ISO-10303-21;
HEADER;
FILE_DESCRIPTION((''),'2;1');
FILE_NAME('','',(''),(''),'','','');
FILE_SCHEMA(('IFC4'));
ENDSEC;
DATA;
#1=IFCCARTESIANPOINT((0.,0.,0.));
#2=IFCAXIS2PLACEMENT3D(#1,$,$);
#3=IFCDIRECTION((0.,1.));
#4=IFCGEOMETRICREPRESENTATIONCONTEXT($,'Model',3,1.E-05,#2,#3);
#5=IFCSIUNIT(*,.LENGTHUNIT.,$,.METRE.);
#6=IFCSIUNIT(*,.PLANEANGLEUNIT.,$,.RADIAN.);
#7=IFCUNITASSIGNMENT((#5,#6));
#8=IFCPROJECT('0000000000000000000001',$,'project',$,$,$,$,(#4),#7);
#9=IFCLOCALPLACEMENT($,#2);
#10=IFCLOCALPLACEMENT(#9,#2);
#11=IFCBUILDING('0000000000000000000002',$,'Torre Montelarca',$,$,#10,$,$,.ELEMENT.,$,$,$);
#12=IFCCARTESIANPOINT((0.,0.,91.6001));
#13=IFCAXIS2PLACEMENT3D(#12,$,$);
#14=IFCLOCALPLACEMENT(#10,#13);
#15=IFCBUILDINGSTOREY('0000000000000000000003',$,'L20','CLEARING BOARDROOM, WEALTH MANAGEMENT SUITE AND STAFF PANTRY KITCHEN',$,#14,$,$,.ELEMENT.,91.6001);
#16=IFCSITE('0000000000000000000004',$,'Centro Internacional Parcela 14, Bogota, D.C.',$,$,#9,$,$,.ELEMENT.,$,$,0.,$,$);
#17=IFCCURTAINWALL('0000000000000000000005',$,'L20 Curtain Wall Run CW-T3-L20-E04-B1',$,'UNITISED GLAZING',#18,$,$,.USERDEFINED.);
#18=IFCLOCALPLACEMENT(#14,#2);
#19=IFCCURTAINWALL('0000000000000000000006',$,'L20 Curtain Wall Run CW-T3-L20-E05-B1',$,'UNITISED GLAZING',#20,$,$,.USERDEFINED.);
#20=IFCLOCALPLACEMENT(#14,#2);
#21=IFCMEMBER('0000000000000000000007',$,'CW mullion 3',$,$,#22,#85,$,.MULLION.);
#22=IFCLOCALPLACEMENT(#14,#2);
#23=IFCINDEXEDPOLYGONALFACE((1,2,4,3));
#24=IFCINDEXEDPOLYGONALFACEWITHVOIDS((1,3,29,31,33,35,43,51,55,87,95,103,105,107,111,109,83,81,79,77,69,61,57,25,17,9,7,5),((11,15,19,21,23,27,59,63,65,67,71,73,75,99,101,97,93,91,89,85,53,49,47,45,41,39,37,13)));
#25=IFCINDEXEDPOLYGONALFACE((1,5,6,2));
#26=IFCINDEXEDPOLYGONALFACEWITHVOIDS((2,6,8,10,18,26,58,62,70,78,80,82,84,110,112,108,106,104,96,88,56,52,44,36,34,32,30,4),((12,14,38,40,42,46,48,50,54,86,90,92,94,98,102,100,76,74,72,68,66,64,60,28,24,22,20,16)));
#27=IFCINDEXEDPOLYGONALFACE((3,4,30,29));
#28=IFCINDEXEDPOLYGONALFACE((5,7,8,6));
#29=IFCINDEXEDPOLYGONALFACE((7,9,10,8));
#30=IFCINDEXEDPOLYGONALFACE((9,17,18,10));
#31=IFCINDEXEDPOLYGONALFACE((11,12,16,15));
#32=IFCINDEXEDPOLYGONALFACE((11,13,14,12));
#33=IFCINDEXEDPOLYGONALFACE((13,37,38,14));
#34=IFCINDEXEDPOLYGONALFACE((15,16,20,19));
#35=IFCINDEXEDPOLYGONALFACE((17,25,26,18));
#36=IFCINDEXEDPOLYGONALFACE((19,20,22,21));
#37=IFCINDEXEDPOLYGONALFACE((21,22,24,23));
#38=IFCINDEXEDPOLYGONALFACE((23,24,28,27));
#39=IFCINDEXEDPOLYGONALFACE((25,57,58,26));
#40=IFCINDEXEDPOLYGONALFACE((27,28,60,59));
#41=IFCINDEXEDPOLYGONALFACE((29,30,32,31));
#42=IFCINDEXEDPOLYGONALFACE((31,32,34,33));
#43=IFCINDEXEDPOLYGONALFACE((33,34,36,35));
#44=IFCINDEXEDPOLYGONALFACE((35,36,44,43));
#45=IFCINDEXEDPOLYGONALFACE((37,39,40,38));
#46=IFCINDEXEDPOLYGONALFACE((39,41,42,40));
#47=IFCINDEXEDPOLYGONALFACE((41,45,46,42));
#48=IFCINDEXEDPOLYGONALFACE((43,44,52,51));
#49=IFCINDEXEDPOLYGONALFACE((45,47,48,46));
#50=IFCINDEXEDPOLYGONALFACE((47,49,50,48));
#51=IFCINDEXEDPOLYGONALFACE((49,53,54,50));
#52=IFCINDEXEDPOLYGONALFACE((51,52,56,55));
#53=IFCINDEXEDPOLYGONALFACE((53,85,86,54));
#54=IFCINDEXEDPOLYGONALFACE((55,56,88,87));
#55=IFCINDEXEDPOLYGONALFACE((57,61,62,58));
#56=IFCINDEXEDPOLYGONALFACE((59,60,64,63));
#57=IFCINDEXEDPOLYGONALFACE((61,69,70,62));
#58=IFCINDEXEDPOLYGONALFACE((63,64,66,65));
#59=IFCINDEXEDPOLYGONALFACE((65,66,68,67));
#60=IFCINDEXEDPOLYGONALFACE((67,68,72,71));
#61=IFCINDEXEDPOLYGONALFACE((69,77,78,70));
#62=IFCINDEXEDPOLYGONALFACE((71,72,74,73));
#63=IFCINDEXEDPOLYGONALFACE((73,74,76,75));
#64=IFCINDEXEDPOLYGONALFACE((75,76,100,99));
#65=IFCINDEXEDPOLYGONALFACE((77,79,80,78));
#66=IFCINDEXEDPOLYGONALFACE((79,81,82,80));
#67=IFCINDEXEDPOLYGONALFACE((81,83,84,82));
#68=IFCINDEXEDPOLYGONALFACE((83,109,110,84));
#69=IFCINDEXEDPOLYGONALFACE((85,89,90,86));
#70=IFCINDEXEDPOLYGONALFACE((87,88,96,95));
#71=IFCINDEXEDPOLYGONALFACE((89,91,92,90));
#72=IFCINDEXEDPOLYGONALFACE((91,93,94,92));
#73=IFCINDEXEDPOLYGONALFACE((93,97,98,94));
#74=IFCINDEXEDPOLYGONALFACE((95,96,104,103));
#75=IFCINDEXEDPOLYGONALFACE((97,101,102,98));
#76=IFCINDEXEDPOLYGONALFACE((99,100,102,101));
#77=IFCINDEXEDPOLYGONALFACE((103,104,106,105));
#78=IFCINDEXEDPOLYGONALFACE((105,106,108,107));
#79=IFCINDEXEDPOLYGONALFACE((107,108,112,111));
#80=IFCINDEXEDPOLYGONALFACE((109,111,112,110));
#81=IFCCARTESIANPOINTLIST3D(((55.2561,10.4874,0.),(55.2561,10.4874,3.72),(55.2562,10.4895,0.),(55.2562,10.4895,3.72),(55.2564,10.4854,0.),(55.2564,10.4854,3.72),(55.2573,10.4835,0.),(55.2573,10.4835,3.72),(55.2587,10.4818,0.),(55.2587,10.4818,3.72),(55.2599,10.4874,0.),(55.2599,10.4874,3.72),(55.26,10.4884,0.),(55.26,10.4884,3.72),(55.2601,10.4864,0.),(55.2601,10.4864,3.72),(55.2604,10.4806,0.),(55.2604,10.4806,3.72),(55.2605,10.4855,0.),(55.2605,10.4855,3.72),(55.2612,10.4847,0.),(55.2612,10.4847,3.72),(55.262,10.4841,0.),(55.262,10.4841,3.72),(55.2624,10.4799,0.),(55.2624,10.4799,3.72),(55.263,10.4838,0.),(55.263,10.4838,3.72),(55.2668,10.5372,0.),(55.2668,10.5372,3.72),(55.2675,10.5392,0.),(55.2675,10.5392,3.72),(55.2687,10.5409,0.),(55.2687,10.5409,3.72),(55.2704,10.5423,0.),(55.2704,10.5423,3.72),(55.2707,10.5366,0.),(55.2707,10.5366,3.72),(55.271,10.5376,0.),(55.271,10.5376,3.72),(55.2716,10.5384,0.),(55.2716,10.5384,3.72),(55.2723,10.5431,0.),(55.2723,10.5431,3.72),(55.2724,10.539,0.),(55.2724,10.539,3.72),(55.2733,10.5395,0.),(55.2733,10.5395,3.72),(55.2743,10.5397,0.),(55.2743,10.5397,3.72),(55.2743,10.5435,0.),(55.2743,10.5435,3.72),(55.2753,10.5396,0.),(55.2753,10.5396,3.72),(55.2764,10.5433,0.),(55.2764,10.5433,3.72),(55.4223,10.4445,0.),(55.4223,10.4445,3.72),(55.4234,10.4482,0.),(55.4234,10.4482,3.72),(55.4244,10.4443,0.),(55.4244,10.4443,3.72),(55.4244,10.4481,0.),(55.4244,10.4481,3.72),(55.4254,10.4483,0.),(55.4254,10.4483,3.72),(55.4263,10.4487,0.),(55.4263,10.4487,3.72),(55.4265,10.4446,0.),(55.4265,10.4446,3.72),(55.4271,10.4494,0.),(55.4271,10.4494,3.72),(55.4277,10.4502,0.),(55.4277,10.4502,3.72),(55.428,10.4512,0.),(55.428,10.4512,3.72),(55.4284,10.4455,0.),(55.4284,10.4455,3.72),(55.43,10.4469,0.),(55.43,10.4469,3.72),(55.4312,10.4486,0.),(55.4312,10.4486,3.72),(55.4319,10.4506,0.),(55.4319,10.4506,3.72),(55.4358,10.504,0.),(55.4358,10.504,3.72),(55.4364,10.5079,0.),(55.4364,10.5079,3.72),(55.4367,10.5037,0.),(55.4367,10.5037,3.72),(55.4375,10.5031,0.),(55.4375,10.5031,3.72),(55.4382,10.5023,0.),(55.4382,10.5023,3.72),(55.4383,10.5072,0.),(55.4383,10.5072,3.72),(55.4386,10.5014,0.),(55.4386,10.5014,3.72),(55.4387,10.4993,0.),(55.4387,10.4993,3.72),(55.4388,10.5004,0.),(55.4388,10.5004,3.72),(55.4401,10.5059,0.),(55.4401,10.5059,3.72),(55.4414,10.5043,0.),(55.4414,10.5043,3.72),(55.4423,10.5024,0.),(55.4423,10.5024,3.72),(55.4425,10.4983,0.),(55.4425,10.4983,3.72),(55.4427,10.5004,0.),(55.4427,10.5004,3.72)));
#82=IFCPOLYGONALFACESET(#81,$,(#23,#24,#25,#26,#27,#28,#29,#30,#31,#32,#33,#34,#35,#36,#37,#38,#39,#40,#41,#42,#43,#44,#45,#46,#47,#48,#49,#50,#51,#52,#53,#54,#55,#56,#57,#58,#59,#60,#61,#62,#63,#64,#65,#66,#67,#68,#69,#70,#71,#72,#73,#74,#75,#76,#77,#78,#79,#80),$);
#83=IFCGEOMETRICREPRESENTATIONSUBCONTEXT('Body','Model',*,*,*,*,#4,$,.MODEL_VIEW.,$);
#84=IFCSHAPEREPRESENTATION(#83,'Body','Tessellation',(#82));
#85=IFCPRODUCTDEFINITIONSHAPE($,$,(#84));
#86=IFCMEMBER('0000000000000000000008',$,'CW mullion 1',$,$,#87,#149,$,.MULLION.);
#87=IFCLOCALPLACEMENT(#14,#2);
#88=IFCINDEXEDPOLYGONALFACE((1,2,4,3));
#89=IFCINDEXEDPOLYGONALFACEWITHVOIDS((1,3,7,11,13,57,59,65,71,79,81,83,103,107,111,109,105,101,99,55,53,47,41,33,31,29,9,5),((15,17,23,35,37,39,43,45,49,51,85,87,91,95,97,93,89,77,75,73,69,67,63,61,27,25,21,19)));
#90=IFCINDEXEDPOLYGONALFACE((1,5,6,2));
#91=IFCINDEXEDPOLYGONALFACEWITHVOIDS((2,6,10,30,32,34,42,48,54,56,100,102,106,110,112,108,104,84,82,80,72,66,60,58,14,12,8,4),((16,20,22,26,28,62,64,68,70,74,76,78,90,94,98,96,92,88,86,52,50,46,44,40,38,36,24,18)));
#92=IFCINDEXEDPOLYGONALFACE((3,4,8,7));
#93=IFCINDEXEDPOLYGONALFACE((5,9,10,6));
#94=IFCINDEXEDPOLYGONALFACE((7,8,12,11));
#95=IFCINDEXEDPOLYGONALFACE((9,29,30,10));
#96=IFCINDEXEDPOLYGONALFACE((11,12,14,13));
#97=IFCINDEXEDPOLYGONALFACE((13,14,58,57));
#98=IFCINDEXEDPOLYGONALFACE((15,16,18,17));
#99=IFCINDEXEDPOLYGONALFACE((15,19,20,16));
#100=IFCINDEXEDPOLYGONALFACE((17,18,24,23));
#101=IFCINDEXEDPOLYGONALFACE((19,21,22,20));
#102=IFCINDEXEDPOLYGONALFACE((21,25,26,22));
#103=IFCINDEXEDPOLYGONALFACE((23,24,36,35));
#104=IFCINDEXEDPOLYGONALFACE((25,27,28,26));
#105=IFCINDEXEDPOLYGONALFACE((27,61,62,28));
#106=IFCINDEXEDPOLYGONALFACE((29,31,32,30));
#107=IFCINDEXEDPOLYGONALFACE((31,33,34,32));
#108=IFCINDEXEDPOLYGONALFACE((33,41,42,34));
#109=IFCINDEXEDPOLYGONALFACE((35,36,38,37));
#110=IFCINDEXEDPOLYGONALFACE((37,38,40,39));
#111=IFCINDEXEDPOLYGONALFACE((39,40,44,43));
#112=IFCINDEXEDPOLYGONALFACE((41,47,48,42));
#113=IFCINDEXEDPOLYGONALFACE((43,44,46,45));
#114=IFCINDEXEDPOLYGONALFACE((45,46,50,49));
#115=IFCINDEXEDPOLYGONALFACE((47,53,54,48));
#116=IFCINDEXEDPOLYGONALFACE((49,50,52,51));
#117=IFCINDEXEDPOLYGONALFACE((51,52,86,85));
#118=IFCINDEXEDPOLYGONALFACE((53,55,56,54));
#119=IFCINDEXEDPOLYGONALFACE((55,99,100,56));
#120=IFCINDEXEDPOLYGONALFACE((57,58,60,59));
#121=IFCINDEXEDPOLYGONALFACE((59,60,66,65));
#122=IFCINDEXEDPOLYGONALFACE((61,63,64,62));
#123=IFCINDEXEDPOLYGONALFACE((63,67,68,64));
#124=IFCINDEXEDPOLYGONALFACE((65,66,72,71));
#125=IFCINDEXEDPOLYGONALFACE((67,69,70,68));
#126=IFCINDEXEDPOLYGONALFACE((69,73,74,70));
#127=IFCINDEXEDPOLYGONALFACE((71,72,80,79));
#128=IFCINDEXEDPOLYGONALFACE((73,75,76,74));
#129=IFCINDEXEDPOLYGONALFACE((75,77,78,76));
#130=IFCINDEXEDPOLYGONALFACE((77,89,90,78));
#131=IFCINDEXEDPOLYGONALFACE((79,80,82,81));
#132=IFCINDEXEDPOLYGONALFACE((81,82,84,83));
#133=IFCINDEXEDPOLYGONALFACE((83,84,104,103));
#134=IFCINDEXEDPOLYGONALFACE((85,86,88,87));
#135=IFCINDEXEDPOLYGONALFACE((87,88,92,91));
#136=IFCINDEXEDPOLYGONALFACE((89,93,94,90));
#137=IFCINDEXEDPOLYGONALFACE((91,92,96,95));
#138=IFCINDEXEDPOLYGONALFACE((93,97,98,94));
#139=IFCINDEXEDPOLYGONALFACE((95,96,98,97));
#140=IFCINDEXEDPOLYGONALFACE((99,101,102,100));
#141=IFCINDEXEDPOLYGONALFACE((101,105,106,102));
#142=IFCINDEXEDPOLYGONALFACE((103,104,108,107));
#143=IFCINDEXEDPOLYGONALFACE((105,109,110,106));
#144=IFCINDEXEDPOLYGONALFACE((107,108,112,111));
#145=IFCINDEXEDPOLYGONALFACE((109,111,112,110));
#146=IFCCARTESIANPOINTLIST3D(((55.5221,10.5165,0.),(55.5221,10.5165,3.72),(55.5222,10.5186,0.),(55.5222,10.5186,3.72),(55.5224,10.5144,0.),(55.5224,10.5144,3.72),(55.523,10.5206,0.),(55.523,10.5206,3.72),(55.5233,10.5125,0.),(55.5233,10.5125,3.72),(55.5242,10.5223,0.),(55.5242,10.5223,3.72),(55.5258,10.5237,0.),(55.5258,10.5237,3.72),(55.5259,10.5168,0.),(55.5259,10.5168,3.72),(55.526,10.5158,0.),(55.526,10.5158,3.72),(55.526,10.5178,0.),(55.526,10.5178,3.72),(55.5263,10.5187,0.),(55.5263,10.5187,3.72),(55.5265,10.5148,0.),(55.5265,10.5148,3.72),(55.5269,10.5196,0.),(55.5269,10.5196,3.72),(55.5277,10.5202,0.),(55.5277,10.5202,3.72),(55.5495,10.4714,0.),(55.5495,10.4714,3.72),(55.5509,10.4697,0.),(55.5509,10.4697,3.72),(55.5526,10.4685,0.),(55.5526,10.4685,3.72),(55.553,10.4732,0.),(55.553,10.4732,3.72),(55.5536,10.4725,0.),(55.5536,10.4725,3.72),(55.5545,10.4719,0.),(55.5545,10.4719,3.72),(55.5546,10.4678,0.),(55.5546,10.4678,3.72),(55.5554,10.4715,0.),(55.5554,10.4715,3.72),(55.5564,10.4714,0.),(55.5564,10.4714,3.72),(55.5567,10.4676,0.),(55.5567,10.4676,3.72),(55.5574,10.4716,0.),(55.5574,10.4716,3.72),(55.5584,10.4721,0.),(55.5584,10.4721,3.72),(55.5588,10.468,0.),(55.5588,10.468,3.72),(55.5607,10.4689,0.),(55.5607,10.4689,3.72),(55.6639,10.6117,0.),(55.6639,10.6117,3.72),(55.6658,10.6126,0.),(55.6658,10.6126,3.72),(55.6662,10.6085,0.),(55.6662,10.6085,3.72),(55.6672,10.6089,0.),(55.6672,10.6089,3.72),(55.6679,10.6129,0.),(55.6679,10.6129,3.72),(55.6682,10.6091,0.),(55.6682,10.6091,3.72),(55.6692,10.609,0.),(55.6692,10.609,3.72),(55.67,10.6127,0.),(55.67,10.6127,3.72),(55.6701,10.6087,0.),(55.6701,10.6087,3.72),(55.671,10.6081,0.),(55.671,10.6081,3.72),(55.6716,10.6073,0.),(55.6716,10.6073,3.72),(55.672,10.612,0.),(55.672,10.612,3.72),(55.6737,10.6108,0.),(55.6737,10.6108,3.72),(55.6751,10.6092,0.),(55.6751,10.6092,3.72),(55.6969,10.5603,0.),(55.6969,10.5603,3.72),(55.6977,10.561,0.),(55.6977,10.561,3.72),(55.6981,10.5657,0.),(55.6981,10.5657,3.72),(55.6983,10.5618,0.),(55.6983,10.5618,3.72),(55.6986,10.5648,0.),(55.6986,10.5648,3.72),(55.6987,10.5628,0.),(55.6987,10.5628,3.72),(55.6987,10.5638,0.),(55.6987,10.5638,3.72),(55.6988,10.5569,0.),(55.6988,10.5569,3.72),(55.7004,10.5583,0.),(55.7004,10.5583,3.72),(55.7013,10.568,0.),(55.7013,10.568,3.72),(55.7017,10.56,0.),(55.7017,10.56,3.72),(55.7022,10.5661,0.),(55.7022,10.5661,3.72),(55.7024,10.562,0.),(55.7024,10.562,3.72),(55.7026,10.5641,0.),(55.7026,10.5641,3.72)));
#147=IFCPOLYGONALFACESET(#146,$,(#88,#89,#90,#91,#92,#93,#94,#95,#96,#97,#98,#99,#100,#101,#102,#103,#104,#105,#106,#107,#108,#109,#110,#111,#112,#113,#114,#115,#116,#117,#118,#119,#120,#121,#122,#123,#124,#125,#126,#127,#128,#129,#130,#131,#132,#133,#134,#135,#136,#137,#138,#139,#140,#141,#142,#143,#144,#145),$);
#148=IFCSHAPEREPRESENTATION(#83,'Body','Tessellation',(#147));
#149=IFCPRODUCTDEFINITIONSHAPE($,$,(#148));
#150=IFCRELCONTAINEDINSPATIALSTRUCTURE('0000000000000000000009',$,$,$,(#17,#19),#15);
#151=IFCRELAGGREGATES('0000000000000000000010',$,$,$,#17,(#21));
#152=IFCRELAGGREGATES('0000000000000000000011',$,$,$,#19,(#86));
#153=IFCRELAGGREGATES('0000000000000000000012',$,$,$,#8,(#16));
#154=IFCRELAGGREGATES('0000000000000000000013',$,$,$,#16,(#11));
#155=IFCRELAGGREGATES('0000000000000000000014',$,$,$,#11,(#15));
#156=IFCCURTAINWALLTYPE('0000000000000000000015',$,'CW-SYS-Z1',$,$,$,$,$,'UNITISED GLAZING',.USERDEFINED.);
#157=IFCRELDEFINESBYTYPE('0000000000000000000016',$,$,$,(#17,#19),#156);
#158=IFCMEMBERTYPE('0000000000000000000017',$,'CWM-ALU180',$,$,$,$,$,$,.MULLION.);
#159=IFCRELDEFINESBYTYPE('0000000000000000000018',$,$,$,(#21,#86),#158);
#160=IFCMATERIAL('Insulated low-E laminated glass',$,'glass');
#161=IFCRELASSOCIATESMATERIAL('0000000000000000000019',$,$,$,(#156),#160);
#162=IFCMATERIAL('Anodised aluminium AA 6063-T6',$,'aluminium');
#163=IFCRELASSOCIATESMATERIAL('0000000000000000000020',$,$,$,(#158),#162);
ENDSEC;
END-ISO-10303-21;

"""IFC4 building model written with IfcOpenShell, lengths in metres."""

from ifc_helpers import new_model, si_unit, direction, frame, origin, origin_2d, place, context, subcontext, project, spatial, hollow_rectangle, extrude, source, transform, mapped, material, material_profile, profile_set, type_object, element, aggregate, save


model = new_model("IFC4")

# Units and contexts
model_context = context("Model", 3, precision=1e-05, world=origin(), true_north=direction((0.0, 1.0)))
body_context = subcontext(model_context, "Body", "Model", "MODEL_VIEW")
ifc_project = project(units=[si_unit("LENGTHUNIT", "METRE"), si_unit("PLANEANGLEUNIT", "RADIAN")], contexts=[model_context])

# Site, building, storey
site_placement = place(None, origin())
site = spatial("IfcSite", under=ifc_project, at=site_placement, Name="Centro Internacional Parcela 14, Bogota, D.C.", CompositionType="ELEMENT", RefElevation=0.0)
building_placement = place(site_placement, origin())
building = spatial("IfcBuilding", under=site, at=building_placement, Name="Torre Montelarca", CompositionType="ELEMENT")
storey_placement = place(building_placement, frame((0.0, 0.0, 91.6001)))
storey = spatial("IfcBuildingStorey", under=building, at=storey_placement, Name="L20", Description="CLEARING BOARDROOM, WEALTH MANAGEMENT SUITE AND STAFF PANTRY KITCHEN", CompositionType="ELEMENT", Elevation=91.6001)

# Curtain walls
ifc_material_1 = material(Name="Insulated low-E laminated glass", Category="glass")
curtain_wall_type = type_object("IfcCurtainWallType", Name="CW-SYS-Z1", ElementType="UNITISED GLAZING", PredefinedType="USERDEFINED", material=ifc_material_1)
curtain_wall_1_placement = place(storey_placement, origin())
curtain_wall_1 = element("IfcCurtainWall", 1, at=curtain_wall_1_placement, inside=storey, type_object=curtain_wall_type, Name="L20 Curtain Wall Run CW-T3-L20-E04-B1", ObjectType="UNITISED GLAZING", PredefinedType="USERDEFINED")
ifc_material_2 = material(Name="Anodised aluminium AA 6063-T6", Category="aluminium")
curtain_wall_2_placement = place(storey_placement, origin())
curtain_wall_2 = element("IfcCurtainWall", 2, at=curtain_wall_2_placement, inside=storey, type_object=curtain_wall_type, Name="L20 Curtain Wall Run CW-T3-L20-E05-B1", ObjectType="UNITISED GLAZING", PredefinedType="USERDEFINED")

# Members
ifc_material_profile_1 = material_profile(ifc_material_2, hollow_rectangle(XDim=0.0649, YDim=0.1799, WallThickness=0.0039, InnerFilletRadius=0.0039, OuterFilletRadius=0.0081, at=origin_2d()), Name="ALU65X180X4", Category="aluminium")
ifc_profile_set_1 = profile_set([ifc_material_profile_1], Name="Anodised aluminium AA 6063-T6")
member_type_1 = type_object("IfcMemberType", Name="CWM-ALU180", PredefinedType="MULLION", material=ifc_profile_set_1)
shared_shape_1 = source(origin(), body_context, "Body", "SweptSolid", [
    extrude(hollow_rectangle(XDim=0.0649, YDim=0.1799, WallThickness=0.0039, InnerFilletRadius=0.0039, OuterFilletRadius=0.0081, at=origin_2d()), origin(), (0.0, 0.0, 1.0), 3.72),
])
member_1_placement = place(storey_placement, frame((55.3494, 10.4939, 0.0), z_axis=(0.0, 0.0, 1.0), x_axis=(0.216437, 0.976297, 0.0)))
member_1 = element("IfcMember", 3, at=member_1_placement, type_object=member_type_1, Name="CW mullion 3", PredefinedType="MULLION", context=body_context, shape_type="MappedRepresentation", body=[
    mapped(shared_shape_1, transform((0.0, 0.0, 0.0), scale=1.0)),
])
member_2_placement = place(storey_placement, frame((55.6123, 10.5403, 0.0), z_axis=(0.0, 0.0, 1.0), x_axis=(-0.537304, 0.843388, 0.0)))
member_2 = element("IfcMember", 4, at=member_2_placement, type_object=member_type_1, Name="CW mullion 1", PredefinedType="MULLION", context=body_context, shape_type="MappedRepresentation", body=[
    mapped(shared_shape_1, transform((0.0, 0.0, 0.0), scale=1.0)),
])

aggregate(curtain_wall_1, [member_1])
aggregate(curtain_wall_2, [member_2])

save(model, "model.ifc")
